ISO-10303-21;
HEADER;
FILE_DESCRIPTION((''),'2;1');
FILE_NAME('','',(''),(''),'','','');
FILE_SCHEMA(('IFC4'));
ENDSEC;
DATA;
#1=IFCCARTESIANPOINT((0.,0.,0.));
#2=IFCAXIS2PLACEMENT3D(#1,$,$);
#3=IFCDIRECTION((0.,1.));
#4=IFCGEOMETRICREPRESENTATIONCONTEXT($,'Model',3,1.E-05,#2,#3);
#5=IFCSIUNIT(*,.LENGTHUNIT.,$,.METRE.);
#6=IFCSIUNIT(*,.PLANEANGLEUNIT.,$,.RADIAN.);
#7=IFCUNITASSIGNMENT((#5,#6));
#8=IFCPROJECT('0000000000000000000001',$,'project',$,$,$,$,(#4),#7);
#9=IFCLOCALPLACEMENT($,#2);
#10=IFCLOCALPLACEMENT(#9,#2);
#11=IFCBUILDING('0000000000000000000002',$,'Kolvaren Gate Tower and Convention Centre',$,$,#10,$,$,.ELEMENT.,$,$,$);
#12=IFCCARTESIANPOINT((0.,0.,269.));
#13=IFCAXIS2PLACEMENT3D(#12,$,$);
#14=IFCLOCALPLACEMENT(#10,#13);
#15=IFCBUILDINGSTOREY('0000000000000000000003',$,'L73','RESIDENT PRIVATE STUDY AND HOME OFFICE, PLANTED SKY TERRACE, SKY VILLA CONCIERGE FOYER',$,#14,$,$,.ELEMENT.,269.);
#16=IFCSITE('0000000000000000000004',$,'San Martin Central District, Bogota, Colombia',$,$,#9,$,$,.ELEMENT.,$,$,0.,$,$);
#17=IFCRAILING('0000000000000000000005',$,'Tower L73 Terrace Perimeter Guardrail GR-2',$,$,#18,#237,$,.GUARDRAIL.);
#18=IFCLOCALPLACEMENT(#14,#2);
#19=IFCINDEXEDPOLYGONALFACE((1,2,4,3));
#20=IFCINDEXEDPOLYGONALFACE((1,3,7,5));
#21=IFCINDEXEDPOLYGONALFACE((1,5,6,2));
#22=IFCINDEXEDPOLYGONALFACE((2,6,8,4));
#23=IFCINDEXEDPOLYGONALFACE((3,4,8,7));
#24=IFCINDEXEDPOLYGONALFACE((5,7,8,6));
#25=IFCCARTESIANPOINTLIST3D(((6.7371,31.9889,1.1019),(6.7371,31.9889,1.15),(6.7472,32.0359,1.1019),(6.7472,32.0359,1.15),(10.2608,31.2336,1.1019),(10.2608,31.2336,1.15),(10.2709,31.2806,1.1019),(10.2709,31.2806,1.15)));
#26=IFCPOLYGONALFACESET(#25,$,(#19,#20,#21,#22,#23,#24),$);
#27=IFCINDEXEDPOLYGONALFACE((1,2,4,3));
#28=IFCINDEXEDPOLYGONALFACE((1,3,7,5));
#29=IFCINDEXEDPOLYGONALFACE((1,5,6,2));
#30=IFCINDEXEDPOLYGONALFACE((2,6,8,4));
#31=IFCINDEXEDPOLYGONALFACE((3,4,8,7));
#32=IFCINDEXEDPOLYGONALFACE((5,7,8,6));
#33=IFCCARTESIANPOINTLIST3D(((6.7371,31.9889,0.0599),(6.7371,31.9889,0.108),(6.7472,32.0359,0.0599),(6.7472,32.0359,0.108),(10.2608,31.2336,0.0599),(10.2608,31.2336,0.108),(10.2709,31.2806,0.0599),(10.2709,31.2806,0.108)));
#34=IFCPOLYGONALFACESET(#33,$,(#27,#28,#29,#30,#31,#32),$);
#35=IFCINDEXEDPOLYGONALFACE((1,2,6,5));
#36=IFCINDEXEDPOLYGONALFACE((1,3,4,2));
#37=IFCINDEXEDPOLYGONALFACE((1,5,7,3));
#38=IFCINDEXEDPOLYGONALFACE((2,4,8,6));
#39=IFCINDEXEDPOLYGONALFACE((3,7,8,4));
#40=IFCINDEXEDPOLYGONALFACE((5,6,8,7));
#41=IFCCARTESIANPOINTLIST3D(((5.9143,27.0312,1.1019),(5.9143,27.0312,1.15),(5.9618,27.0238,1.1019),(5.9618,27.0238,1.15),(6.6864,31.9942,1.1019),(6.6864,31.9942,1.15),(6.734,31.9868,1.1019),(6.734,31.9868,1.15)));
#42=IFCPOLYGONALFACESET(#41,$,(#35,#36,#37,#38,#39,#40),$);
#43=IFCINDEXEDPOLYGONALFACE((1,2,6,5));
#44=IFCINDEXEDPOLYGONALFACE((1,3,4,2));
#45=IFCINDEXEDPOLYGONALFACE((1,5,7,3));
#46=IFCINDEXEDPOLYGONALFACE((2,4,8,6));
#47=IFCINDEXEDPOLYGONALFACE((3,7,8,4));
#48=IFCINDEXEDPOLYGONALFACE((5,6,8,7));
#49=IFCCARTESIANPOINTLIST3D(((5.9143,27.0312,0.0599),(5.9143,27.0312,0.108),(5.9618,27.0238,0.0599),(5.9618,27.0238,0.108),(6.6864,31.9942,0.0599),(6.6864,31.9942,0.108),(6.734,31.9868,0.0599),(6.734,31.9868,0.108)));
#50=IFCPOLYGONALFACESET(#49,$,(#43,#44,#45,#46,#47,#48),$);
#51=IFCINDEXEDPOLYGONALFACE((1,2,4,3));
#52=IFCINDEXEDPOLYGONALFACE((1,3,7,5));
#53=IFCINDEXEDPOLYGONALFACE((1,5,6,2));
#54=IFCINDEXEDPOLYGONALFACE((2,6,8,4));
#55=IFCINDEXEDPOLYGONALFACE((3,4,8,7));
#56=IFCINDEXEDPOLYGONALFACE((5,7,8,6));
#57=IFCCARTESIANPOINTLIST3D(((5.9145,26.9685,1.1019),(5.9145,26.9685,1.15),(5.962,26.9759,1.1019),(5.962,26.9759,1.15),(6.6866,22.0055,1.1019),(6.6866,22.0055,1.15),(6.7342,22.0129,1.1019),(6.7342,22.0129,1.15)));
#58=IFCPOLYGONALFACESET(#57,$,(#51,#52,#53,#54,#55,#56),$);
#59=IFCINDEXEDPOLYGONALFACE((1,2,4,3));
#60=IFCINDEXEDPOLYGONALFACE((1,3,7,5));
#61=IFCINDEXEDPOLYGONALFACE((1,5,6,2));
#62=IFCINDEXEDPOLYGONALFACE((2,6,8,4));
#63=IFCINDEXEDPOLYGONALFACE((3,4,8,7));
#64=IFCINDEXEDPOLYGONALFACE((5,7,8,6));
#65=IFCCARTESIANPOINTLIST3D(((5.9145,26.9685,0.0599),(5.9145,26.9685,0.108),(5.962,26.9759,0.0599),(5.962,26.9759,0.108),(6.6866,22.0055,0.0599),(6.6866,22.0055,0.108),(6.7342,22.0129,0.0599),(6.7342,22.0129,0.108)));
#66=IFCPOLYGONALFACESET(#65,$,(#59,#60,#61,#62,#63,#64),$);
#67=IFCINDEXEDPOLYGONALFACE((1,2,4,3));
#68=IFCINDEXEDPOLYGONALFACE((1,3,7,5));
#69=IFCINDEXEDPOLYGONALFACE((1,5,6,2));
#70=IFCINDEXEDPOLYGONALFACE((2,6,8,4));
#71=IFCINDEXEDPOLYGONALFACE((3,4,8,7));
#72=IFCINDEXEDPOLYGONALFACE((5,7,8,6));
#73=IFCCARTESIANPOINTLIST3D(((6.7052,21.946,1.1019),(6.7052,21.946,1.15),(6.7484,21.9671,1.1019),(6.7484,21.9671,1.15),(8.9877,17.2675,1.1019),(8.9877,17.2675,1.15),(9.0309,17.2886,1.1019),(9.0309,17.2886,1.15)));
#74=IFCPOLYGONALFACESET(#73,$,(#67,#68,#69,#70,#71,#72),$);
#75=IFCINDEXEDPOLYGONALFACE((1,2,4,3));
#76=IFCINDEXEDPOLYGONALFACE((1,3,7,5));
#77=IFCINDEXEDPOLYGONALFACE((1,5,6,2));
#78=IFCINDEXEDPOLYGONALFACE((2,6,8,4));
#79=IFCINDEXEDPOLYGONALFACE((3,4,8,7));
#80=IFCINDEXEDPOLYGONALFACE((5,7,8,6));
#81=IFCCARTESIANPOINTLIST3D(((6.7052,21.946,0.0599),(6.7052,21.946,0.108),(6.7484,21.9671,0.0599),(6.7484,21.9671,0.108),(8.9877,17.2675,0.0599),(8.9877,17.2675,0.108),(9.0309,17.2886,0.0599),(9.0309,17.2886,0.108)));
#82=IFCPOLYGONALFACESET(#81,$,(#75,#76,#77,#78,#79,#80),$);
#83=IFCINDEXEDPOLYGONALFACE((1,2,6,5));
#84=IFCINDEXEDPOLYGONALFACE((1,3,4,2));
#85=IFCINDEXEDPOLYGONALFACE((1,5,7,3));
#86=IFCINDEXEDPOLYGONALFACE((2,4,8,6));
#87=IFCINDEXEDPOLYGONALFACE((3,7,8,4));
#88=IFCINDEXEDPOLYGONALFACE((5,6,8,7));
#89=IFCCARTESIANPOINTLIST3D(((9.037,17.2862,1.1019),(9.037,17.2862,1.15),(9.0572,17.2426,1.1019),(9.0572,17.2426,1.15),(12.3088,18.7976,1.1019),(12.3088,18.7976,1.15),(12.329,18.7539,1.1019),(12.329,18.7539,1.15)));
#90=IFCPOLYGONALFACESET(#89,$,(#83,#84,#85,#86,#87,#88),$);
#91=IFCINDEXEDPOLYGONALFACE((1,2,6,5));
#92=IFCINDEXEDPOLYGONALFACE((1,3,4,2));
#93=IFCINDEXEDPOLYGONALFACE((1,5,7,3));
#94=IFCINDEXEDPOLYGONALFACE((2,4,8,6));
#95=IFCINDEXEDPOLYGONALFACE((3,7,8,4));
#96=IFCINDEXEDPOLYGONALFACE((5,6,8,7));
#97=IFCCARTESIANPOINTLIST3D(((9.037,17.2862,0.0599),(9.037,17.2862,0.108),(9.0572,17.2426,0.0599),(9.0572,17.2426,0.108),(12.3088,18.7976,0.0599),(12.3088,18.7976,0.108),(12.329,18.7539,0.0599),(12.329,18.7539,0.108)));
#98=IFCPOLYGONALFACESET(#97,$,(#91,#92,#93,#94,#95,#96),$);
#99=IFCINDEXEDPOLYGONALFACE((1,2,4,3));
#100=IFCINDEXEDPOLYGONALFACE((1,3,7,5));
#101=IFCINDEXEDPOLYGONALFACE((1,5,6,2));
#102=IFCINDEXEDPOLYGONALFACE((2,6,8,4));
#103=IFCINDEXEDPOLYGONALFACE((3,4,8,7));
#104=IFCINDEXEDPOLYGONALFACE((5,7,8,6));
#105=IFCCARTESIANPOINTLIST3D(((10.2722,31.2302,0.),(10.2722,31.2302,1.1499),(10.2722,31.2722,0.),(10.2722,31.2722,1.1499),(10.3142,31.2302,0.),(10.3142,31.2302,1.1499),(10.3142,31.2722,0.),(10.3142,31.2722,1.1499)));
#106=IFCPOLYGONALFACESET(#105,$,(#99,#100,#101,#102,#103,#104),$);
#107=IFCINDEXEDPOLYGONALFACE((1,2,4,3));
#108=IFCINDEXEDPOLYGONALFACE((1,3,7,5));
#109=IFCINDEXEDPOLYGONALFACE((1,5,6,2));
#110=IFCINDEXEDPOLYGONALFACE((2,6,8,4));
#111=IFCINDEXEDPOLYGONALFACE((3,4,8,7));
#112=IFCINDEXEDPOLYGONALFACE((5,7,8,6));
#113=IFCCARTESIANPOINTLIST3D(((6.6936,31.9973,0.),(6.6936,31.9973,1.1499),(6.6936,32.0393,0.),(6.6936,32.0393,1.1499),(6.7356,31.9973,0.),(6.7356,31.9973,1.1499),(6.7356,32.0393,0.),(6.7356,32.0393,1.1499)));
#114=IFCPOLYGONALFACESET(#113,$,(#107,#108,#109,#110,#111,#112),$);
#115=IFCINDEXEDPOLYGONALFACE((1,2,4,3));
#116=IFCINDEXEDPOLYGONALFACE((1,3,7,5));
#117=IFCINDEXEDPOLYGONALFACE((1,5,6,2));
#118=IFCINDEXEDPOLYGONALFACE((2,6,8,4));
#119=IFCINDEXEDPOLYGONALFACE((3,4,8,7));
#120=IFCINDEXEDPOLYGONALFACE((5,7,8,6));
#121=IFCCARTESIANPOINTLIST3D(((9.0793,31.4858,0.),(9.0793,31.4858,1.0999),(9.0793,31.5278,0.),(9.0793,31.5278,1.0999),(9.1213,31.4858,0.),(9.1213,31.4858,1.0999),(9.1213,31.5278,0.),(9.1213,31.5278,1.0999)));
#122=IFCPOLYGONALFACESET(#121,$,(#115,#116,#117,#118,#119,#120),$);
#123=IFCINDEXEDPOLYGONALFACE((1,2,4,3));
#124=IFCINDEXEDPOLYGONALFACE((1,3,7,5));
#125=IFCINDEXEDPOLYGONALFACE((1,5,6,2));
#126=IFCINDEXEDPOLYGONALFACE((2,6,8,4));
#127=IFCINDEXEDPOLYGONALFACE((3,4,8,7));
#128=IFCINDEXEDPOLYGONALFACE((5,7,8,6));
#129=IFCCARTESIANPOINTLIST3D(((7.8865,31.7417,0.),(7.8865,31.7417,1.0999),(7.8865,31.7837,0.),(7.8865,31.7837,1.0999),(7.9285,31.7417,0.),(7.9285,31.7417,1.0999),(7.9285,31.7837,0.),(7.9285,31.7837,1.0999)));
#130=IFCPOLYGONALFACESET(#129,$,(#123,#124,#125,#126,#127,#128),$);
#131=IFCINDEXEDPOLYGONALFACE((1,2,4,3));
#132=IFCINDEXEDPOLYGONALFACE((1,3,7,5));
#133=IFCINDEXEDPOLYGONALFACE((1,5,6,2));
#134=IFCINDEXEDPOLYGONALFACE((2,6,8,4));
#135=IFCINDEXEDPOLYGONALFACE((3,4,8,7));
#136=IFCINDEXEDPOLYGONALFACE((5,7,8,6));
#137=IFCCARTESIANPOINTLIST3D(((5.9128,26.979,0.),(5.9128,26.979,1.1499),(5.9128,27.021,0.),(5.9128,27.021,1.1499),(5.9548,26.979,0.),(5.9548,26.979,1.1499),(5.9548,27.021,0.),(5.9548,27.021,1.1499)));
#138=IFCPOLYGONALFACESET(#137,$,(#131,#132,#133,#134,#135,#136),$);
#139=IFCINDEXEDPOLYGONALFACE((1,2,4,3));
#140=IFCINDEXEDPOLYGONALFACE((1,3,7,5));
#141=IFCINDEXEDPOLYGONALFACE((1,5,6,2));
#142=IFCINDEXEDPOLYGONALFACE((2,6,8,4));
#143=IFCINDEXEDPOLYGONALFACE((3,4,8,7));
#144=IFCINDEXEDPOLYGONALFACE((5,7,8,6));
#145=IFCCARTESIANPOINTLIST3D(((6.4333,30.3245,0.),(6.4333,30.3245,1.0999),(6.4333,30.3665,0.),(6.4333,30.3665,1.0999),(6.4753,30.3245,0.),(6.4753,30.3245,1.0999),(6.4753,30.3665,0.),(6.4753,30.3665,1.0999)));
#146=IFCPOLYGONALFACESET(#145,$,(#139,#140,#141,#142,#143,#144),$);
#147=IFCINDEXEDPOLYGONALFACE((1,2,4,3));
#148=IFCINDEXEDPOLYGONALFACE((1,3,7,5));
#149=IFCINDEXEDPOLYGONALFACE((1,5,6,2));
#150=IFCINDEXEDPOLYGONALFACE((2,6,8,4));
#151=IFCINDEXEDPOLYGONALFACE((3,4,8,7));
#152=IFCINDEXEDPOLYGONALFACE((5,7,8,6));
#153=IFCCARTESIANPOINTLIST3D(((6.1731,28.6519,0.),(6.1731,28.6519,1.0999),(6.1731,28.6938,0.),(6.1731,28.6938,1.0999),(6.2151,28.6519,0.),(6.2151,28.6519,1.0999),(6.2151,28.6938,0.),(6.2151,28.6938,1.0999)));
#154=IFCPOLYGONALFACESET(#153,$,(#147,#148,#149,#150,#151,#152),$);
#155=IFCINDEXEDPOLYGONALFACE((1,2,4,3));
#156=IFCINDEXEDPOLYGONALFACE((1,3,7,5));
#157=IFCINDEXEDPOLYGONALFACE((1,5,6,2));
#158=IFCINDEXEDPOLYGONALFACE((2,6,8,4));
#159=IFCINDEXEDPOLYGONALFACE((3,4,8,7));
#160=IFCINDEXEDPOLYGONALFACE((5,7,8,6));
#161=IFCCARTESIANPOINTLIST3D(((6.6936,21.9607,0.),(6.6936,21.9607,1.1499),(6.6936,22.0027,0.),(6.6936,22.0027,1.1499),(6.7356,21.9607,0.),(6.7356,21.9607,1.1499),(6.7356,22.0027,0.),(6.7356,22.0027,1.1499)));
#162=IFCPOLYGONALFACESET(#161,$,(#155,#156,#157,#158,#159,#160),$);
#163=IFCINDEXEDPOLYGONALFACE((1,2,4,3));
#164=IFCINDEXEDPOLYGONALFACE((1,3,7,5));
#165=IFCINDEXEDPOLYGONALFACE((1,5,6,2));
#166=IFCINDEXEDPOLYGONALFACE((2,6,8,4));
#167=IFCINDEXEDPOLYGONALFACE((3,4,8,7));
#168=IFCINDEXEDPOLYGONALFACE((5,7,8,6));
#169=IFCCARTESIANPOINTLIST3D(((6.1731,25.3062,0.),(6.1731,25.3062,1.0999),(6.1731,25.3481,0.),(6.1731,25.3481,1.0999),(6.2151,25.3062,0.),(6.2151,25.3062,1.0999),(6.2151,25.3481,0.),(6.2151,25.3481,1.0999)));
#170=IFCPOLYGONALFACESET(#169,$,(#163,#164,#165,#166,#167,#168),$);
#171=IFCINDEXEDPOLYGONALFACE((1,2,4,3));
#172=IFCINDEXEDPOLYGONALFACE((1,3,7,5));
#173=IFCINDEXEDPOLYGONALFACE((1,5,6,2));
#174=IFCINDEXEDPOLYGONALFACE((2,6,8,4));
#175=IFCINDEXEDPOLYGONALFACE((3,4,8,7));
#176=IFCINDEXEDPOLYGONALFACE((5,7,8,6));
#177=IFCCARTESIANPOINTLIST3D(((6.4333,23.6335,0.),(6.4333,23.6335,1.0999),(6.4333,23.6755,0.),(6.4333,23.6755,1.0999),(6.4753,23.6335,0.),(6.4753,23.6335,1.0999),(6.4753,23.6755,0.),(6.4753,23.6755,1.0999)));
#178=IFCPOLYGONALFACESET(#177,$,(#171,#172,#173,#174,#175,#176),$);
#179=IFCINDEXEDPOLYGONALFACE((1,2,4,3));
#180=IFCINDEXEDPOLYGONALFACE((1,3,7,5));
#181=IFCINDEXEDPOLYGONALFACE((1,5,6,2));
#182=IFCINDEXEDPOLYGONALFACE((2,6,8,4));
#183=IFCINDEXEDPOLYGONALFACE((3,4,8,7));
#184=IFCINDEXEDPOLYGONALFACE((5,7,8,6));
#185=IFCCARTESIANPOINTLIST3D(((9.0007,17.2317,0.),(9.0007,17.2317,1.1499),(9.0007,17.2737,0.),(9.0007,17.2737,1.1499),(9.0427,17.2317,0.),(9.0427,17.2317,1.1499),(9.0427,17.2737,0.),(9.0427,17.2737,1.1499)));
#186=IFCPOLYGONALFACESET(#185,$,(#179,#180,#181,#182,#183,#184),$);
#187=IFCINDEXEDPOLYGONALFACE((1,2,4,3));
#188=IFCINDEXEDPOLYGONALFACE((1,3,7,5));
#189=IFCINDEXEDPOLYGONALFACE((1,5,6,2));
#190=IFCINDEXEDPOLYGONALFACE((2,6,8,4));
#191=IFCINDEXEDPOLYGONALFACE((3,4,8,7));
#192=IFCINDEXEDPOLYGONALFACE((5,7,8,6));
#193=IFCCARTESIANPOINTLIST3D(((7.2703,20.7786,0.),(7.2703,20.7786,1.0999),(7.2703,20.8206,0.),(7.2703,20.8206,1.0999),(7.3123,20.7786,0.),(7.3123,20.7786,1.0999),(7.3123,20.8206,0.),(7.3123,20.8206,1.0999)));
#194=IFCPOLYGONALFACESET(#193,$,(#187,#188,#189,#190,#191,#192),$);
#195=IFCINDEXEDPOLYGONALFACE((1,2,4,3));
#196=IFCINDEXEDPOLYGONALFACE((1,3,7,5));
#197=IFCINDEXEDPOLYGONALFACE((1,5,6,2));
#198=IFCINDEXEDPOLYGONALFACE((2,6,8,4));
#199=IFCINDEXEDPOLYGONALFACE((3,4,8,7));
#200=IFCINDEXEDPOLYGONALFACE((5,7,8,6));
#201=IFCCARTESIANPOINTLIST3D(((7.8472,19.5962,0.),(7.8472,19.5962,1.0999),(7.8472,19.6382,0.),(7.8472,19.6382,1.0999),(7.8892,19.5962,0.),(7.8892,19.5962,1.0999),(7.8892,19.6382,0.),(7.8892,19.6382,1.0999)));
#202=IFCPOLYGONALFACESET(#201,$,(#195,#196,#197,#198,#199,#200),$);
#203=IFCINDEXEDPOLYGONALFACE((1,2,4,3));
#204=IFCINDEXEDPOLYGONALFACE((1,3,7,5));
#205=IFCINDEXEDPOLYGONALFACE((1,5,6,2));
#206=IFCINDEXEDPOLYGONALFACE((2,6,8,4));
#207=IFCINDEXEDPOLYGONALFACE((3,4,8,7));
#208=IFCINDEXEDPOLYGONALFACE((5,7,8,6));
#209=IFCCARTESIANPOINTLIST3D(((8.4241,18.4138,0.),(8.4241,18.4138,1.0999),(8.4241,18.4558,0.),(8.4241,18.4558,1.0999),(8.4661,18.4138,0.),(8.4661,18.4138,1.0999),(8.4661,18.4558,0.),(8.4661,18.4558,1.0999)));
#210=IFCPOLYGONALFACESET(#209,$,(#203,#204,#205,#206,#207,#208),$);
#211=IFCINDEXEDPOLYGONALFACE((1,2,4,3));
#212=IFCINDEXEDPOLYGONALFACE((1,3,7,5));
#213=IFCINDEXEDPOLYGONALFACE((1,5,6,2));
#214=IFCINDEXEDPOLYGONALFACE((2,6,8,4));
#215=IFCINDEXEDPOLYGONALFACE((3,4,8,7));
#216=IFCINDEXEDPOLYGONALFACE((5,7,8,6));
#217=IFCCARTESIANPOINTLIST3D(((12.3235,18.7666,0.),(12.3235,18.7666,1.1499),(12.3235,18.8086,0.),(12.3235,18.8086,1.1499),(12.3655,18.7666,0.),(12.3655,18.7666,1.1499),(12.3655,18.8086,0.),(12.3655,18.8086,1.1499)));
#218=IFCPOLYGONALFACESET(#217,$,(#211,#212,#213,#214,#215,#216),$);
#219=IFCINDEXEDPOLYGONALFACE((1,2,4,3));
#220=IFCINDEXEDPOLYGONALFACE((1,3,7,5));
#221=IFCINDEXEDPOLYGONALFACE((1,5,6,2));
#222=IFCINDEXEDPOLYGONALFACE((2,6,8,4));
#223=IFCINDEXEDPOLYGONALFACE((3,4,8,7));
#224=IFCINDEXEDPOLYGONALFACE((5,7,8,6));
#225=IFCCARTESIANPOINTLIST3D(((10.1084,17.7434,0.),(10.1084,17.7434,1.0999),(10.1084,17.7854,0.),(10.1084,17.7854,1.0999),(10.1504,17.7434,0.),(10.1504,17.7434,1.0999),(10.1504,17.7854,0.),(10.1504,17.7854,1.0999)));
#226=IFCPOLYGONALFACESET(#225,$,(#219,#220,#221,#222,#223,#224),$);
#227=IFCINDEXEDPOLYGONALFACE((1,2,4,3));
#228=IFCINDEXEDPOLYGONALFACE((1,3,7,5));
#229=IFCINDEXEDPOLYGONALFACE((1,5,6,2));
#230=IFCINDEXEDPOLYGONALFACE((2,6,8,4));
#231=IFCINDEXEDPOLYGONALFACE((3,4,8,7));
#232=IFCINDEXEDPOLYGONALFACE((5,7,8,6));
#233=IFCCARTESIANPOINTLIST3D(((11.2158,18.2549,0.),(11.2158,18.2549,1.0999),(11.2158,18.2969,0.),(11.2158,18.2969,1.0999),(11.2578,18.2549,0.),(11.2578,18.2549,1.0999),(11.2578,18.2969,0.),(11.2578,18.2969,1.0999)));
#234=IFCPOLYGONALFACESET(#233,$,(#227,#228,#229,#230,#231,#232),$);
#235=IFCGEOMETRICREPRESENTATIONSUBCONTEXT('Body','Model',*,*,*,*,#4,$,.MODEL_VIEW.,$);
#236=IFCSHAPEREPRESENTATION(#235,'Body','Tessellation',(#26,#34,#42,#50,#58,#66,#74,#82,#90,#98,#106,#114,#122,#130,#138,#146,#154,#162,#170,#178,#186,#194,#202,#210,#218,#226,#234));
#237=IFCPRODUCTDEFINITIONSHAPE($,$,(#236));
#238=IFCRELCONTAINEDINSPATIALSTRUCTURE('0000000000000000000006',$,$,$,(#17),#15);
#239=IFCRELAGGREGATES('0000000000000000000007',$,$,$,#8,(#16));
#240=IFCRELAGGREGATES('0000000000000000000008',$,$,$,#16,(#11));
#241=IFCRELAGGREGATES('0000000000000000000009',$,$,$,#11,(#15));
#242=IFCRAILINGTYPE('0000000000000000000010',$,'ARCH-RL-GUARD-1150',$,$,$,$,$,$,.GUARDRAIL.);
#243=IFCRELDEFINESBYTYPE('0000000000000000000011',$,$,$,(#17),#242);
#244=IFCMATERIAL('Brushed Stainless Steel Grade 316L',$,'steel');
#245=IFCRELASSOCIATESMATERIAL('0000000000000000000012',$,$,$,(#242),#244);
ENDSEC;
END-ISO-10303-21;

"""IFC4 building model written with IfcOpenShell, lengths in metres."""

from ifc_helpers import new_model, si_unit, direction, frame, origin, origin_2d, place, context, subcontext, project, spatial, rectangle, extrude, material, type_object, element, save


model = new_model("IFC4")

# Units and contexts
model_context = context("Model", 3, precision=1e-05, world=origin(), true_north=direction((0.0, 1.0)))
body_context = subcontext(model_context, "Body", "Model", "MODEL_VIEW")
ifc_project = project(units=[si_unit("LENGTHUNIT", "METRE"), si_unit("PLANEANGLEUNIT", "RADIAN")], contexts=[model_context])

# Site, building, storey
site_placement = place(None, origin())
site = spatial("IfcSite", under=ifc_project, at=site_placement, Name="San Martin Central District, Bogota, Colombia", CompositionType="ELEMENT", RefElevation=0.0)
building_placement = place(site_placement, origin())
building = spatial("IfcBuilding", under=site, at=building_placement, Name="Kolvaren Gate Tower and Convention Centre", CompositionType="ELEMENT")
storey_placement = place(building_placement, frame((0.0, 0.0, 269.0)))
storey = spatial("IfcBuildingStorey", under=building, at=storey_placement, Name="L73", Description="RESIDENT PRIVATE STUDY AND HOME OFFICE, PLANTED SKY TERRACE, SKY VILLA CONCIERGE FOYER", CompositionType="ELEMENT", Elevation=269.0)

# Railing
ifc_material_1 = material(Name="Brushed Stainless Steel Grade 316L", Category="steel")
railing_type = type_object("IfcRailingType", Name="ARCH-RL-GUARD-1150", PredefinedType="GUARDRAIL", material=ifc_material_1)
railing_placement = place(storey_placement, frame((10.2932, 31.2512, 0.0)))
element("IfcRailing", 1, at=railing_placement, inside=storey, type_object=railing_type, Name="Tower L73 Terrace Perimeter Guardrail GR-2", PredefinedType="GUARDRAIL", context=body_context, shape_type="SweptSolid", body=[
    extrude(rectangle(XDim=0.0481, YDim=0.0481, at=origin_2d()), frame((-0.0273, 0.0059, 1.126), z_axis=(-0.977789, 0.209593, 0.0), x_axis=(-0.209593, -0.977789, 0.0)), (0.0, 0.0, 1.0), 3.6038),
    extrude(rectangle(XDim=0.0481, YDim=0.0481, at=origin_2d()), frame((-0.0273, 0.0059, 0.084), z_axis=(-0.977789, 0.209593, 0.0), x_axis=(-0.209593, -0.977789, 0.0)), (0.0, 0.0, 1.0), 3.6038),
    extrude(rectangle(XDim=0.0481, YDim=0.0481, at=origin_2d()), frame((-3.583, 0.7393, 1.126), z_axis=(-0.153733, -0.988112, 0.0), x_axis=(0.988112, -0.153733, 0.0)), (0.0, 0.0, 1.0), 5.0227),
    extrude(rectangle(XDim=0.0481, YDim=0.0481, at=origin_2d()), frame((-3.583, 0.7393, 0.084), z_axis=(-0.153733, -0.988112, 0.0), x_axis=(0.988112, -0.153733, 0.0)), (0.0, 0.0, 1.0), 5.0227),
    extrude(rectangle(XDim=0.0481, YDim=0.0481, at=origin_2d()), frame((-4.355, -4.2791, 1.126), z_axis=(0.153733, -0.988112, 0.0), x_axis=(0.988112, 0.153733, 0.0)), (0.0, 0.0, 1.0), 5.0227),
    extrude(rectangle(XDim=0.0481, YDim=0.0481, at=origin_2d()), frame((-4.355, -4.2791, 0.084), z_axis=(0.153733, -0.988112, 0.0), x_axis=(0.988112, 0.153733, 0.0)), (0.0, 0.0, 1.0), 5.0227),
    extrude(rectangle(XDim=0.0481, YDim=0.0481, at=origin_2d()), frame((-3.5664, -9.2947, 1.126), z_axis=(0.438469, -0.898746, 0.0), x_axis=(0.898746, 0.438469, 0.0)), (0.0, 0.0, 1.0), 5.2056),
    extrude(rectangle(XDim=0.0481, YDim=0.0481, at=origin_2d()), frame((-3.5664, -9.2947, 0.084), z_axis=(0.438469, -0.898746, 0.0), x_axis=(0.898746, 0.438469, 0.0)), (0.0, 0.0, 1.0), 5.2056),
    extrude(rectangle(XDim=0.0481, YDim=0.0481, at=origin_2d()), frame((-1.2461, -13.9868, 1.126), z_axis=(0.907821, 0.419358, 0.0), x_axis=(-0.419358, 0.907821, 0.0)), (0.0, 0.0, 1.0), 3.604),
    extrude(rectangle(XDim=0.0481, YDim=0.0481, at=origin_2d()), frame((-1.2461, -13.9868, 0.084), z_axis=(0.907821, 0.419358, 0.0), x_axis=(-0.419358, 0.907821, 0.0)), (0.0, 0.0, 1.0), 3.604),
    extrude(rectangle(XDim=0.042, YDim=0.042, at=origin_2d()), origin(), (0.0, 0.0, 1.0), 1.1499),
    extrude(rectangle(XDim=0.042, YDim=0.042, at=origin_2d()), frame((-3.5786, 0.7671, 0.0)), (0.0, 0.0, 1.0), 1.1499),
    extrude(rectangle(XDim=0.042, YDim=0.042, at=origin_2d()), frame((-1.1929, 0.2556, 0.0)), (0.0, 0.0, 1.0), 1.0999),
    extrude(rectangle(XDim=0.042, YDim=0.042, at=origin_2d()), frame((-2.3857, 0.5115, 0.0)), (0.0, 0.0, 1.0), 1.0999),
    extrude(rectangle(XDim=0.042, YDim=0.042, at=origin_2d()), frame((-4.3594, -4.2512, 0.0)), (0.0, 0.0, 1.0), 1.1499),
    extrude(rectangle(XDim=0.042, YDim=0.042, at=origin_2d()), frame((-3.8389, -0.9058, 0.0)), (0.0, 0.0, 1.0), 1.0999),
    extrude(rectangle(XDim=0.042, YDim=0.042, at=origin_2d()), frame((-4.0991, -2.5784, 0.0)), (0.0, 0.0, 1.0), 1.0999),
    extrude(rectangle(XDim=0.042, YDim=0.042, at=origin_2d()), frame((-3.5786, -9.2695, 0.0)), (0.0, 0.0, 1.0), 1.1499),
    extrude(rectangle(XDim=0.042, YDim=0.042, at=origin_2d()), frame((-4.0991, -5.9241, 0.0)), (0.0, 0.0, 1.0), 1.0999),
    extrude(rectangle(XDim=0.042, YDim=0.042, at=origin_2d()), frame((-3.8389, -7.5967, 0.0)), (0.0, 0.0, 1.0), 1.0999),
    extrude(rectangle(XDim=0.042, YDim=0.042, at=origin_2d()), frame((-1.2715, -13.9985, 0.0)), (0.0, 0.0, 1.0), 1.1499),
    extrude(rectangle(XDim=0.042, YDim=0.042, at=origin_2d()), frame((-3.002, -10.4517, 0.0)), (0.0, 0.0, 1.0), 1.0999),
    extrude(rectangle(XDim=0.042, YDim=0.042, at=origin_2d()), frame((-2.425, -11.634, 0.0)), (0.0, 0.0, 1.0), 1.0999),
    extrude(rectangle(XDim=0.042, YDim=0.042, at=origin_2d()), frame((-1.8481, -12.8164, 0.0)), (0.0, 0.0, 1.0), 1.0999),
    extrude(rectangle(XDim=0.042, YDim=0.042, at=origin_2d()), frame((2.0513, -12.4636, 0.0)), (0.0, 0.0, 1.0), 1.1499),
    extrude(rectangle(XDim=0.042, YDim=0.042, at=origin_2d()), frame((-0.1638, -13.4868, 0.0)), (0.0, 0.0, 1.0), 1.0999),
    extrude(rectangle(XDim=0.042, YDim=0.042, at=origin_2d()), frame((0.9436, -12.9753, 0.0)), (0.0, 0.0, 1.0), 1.0999),
])

save(model, "model.ifc")
